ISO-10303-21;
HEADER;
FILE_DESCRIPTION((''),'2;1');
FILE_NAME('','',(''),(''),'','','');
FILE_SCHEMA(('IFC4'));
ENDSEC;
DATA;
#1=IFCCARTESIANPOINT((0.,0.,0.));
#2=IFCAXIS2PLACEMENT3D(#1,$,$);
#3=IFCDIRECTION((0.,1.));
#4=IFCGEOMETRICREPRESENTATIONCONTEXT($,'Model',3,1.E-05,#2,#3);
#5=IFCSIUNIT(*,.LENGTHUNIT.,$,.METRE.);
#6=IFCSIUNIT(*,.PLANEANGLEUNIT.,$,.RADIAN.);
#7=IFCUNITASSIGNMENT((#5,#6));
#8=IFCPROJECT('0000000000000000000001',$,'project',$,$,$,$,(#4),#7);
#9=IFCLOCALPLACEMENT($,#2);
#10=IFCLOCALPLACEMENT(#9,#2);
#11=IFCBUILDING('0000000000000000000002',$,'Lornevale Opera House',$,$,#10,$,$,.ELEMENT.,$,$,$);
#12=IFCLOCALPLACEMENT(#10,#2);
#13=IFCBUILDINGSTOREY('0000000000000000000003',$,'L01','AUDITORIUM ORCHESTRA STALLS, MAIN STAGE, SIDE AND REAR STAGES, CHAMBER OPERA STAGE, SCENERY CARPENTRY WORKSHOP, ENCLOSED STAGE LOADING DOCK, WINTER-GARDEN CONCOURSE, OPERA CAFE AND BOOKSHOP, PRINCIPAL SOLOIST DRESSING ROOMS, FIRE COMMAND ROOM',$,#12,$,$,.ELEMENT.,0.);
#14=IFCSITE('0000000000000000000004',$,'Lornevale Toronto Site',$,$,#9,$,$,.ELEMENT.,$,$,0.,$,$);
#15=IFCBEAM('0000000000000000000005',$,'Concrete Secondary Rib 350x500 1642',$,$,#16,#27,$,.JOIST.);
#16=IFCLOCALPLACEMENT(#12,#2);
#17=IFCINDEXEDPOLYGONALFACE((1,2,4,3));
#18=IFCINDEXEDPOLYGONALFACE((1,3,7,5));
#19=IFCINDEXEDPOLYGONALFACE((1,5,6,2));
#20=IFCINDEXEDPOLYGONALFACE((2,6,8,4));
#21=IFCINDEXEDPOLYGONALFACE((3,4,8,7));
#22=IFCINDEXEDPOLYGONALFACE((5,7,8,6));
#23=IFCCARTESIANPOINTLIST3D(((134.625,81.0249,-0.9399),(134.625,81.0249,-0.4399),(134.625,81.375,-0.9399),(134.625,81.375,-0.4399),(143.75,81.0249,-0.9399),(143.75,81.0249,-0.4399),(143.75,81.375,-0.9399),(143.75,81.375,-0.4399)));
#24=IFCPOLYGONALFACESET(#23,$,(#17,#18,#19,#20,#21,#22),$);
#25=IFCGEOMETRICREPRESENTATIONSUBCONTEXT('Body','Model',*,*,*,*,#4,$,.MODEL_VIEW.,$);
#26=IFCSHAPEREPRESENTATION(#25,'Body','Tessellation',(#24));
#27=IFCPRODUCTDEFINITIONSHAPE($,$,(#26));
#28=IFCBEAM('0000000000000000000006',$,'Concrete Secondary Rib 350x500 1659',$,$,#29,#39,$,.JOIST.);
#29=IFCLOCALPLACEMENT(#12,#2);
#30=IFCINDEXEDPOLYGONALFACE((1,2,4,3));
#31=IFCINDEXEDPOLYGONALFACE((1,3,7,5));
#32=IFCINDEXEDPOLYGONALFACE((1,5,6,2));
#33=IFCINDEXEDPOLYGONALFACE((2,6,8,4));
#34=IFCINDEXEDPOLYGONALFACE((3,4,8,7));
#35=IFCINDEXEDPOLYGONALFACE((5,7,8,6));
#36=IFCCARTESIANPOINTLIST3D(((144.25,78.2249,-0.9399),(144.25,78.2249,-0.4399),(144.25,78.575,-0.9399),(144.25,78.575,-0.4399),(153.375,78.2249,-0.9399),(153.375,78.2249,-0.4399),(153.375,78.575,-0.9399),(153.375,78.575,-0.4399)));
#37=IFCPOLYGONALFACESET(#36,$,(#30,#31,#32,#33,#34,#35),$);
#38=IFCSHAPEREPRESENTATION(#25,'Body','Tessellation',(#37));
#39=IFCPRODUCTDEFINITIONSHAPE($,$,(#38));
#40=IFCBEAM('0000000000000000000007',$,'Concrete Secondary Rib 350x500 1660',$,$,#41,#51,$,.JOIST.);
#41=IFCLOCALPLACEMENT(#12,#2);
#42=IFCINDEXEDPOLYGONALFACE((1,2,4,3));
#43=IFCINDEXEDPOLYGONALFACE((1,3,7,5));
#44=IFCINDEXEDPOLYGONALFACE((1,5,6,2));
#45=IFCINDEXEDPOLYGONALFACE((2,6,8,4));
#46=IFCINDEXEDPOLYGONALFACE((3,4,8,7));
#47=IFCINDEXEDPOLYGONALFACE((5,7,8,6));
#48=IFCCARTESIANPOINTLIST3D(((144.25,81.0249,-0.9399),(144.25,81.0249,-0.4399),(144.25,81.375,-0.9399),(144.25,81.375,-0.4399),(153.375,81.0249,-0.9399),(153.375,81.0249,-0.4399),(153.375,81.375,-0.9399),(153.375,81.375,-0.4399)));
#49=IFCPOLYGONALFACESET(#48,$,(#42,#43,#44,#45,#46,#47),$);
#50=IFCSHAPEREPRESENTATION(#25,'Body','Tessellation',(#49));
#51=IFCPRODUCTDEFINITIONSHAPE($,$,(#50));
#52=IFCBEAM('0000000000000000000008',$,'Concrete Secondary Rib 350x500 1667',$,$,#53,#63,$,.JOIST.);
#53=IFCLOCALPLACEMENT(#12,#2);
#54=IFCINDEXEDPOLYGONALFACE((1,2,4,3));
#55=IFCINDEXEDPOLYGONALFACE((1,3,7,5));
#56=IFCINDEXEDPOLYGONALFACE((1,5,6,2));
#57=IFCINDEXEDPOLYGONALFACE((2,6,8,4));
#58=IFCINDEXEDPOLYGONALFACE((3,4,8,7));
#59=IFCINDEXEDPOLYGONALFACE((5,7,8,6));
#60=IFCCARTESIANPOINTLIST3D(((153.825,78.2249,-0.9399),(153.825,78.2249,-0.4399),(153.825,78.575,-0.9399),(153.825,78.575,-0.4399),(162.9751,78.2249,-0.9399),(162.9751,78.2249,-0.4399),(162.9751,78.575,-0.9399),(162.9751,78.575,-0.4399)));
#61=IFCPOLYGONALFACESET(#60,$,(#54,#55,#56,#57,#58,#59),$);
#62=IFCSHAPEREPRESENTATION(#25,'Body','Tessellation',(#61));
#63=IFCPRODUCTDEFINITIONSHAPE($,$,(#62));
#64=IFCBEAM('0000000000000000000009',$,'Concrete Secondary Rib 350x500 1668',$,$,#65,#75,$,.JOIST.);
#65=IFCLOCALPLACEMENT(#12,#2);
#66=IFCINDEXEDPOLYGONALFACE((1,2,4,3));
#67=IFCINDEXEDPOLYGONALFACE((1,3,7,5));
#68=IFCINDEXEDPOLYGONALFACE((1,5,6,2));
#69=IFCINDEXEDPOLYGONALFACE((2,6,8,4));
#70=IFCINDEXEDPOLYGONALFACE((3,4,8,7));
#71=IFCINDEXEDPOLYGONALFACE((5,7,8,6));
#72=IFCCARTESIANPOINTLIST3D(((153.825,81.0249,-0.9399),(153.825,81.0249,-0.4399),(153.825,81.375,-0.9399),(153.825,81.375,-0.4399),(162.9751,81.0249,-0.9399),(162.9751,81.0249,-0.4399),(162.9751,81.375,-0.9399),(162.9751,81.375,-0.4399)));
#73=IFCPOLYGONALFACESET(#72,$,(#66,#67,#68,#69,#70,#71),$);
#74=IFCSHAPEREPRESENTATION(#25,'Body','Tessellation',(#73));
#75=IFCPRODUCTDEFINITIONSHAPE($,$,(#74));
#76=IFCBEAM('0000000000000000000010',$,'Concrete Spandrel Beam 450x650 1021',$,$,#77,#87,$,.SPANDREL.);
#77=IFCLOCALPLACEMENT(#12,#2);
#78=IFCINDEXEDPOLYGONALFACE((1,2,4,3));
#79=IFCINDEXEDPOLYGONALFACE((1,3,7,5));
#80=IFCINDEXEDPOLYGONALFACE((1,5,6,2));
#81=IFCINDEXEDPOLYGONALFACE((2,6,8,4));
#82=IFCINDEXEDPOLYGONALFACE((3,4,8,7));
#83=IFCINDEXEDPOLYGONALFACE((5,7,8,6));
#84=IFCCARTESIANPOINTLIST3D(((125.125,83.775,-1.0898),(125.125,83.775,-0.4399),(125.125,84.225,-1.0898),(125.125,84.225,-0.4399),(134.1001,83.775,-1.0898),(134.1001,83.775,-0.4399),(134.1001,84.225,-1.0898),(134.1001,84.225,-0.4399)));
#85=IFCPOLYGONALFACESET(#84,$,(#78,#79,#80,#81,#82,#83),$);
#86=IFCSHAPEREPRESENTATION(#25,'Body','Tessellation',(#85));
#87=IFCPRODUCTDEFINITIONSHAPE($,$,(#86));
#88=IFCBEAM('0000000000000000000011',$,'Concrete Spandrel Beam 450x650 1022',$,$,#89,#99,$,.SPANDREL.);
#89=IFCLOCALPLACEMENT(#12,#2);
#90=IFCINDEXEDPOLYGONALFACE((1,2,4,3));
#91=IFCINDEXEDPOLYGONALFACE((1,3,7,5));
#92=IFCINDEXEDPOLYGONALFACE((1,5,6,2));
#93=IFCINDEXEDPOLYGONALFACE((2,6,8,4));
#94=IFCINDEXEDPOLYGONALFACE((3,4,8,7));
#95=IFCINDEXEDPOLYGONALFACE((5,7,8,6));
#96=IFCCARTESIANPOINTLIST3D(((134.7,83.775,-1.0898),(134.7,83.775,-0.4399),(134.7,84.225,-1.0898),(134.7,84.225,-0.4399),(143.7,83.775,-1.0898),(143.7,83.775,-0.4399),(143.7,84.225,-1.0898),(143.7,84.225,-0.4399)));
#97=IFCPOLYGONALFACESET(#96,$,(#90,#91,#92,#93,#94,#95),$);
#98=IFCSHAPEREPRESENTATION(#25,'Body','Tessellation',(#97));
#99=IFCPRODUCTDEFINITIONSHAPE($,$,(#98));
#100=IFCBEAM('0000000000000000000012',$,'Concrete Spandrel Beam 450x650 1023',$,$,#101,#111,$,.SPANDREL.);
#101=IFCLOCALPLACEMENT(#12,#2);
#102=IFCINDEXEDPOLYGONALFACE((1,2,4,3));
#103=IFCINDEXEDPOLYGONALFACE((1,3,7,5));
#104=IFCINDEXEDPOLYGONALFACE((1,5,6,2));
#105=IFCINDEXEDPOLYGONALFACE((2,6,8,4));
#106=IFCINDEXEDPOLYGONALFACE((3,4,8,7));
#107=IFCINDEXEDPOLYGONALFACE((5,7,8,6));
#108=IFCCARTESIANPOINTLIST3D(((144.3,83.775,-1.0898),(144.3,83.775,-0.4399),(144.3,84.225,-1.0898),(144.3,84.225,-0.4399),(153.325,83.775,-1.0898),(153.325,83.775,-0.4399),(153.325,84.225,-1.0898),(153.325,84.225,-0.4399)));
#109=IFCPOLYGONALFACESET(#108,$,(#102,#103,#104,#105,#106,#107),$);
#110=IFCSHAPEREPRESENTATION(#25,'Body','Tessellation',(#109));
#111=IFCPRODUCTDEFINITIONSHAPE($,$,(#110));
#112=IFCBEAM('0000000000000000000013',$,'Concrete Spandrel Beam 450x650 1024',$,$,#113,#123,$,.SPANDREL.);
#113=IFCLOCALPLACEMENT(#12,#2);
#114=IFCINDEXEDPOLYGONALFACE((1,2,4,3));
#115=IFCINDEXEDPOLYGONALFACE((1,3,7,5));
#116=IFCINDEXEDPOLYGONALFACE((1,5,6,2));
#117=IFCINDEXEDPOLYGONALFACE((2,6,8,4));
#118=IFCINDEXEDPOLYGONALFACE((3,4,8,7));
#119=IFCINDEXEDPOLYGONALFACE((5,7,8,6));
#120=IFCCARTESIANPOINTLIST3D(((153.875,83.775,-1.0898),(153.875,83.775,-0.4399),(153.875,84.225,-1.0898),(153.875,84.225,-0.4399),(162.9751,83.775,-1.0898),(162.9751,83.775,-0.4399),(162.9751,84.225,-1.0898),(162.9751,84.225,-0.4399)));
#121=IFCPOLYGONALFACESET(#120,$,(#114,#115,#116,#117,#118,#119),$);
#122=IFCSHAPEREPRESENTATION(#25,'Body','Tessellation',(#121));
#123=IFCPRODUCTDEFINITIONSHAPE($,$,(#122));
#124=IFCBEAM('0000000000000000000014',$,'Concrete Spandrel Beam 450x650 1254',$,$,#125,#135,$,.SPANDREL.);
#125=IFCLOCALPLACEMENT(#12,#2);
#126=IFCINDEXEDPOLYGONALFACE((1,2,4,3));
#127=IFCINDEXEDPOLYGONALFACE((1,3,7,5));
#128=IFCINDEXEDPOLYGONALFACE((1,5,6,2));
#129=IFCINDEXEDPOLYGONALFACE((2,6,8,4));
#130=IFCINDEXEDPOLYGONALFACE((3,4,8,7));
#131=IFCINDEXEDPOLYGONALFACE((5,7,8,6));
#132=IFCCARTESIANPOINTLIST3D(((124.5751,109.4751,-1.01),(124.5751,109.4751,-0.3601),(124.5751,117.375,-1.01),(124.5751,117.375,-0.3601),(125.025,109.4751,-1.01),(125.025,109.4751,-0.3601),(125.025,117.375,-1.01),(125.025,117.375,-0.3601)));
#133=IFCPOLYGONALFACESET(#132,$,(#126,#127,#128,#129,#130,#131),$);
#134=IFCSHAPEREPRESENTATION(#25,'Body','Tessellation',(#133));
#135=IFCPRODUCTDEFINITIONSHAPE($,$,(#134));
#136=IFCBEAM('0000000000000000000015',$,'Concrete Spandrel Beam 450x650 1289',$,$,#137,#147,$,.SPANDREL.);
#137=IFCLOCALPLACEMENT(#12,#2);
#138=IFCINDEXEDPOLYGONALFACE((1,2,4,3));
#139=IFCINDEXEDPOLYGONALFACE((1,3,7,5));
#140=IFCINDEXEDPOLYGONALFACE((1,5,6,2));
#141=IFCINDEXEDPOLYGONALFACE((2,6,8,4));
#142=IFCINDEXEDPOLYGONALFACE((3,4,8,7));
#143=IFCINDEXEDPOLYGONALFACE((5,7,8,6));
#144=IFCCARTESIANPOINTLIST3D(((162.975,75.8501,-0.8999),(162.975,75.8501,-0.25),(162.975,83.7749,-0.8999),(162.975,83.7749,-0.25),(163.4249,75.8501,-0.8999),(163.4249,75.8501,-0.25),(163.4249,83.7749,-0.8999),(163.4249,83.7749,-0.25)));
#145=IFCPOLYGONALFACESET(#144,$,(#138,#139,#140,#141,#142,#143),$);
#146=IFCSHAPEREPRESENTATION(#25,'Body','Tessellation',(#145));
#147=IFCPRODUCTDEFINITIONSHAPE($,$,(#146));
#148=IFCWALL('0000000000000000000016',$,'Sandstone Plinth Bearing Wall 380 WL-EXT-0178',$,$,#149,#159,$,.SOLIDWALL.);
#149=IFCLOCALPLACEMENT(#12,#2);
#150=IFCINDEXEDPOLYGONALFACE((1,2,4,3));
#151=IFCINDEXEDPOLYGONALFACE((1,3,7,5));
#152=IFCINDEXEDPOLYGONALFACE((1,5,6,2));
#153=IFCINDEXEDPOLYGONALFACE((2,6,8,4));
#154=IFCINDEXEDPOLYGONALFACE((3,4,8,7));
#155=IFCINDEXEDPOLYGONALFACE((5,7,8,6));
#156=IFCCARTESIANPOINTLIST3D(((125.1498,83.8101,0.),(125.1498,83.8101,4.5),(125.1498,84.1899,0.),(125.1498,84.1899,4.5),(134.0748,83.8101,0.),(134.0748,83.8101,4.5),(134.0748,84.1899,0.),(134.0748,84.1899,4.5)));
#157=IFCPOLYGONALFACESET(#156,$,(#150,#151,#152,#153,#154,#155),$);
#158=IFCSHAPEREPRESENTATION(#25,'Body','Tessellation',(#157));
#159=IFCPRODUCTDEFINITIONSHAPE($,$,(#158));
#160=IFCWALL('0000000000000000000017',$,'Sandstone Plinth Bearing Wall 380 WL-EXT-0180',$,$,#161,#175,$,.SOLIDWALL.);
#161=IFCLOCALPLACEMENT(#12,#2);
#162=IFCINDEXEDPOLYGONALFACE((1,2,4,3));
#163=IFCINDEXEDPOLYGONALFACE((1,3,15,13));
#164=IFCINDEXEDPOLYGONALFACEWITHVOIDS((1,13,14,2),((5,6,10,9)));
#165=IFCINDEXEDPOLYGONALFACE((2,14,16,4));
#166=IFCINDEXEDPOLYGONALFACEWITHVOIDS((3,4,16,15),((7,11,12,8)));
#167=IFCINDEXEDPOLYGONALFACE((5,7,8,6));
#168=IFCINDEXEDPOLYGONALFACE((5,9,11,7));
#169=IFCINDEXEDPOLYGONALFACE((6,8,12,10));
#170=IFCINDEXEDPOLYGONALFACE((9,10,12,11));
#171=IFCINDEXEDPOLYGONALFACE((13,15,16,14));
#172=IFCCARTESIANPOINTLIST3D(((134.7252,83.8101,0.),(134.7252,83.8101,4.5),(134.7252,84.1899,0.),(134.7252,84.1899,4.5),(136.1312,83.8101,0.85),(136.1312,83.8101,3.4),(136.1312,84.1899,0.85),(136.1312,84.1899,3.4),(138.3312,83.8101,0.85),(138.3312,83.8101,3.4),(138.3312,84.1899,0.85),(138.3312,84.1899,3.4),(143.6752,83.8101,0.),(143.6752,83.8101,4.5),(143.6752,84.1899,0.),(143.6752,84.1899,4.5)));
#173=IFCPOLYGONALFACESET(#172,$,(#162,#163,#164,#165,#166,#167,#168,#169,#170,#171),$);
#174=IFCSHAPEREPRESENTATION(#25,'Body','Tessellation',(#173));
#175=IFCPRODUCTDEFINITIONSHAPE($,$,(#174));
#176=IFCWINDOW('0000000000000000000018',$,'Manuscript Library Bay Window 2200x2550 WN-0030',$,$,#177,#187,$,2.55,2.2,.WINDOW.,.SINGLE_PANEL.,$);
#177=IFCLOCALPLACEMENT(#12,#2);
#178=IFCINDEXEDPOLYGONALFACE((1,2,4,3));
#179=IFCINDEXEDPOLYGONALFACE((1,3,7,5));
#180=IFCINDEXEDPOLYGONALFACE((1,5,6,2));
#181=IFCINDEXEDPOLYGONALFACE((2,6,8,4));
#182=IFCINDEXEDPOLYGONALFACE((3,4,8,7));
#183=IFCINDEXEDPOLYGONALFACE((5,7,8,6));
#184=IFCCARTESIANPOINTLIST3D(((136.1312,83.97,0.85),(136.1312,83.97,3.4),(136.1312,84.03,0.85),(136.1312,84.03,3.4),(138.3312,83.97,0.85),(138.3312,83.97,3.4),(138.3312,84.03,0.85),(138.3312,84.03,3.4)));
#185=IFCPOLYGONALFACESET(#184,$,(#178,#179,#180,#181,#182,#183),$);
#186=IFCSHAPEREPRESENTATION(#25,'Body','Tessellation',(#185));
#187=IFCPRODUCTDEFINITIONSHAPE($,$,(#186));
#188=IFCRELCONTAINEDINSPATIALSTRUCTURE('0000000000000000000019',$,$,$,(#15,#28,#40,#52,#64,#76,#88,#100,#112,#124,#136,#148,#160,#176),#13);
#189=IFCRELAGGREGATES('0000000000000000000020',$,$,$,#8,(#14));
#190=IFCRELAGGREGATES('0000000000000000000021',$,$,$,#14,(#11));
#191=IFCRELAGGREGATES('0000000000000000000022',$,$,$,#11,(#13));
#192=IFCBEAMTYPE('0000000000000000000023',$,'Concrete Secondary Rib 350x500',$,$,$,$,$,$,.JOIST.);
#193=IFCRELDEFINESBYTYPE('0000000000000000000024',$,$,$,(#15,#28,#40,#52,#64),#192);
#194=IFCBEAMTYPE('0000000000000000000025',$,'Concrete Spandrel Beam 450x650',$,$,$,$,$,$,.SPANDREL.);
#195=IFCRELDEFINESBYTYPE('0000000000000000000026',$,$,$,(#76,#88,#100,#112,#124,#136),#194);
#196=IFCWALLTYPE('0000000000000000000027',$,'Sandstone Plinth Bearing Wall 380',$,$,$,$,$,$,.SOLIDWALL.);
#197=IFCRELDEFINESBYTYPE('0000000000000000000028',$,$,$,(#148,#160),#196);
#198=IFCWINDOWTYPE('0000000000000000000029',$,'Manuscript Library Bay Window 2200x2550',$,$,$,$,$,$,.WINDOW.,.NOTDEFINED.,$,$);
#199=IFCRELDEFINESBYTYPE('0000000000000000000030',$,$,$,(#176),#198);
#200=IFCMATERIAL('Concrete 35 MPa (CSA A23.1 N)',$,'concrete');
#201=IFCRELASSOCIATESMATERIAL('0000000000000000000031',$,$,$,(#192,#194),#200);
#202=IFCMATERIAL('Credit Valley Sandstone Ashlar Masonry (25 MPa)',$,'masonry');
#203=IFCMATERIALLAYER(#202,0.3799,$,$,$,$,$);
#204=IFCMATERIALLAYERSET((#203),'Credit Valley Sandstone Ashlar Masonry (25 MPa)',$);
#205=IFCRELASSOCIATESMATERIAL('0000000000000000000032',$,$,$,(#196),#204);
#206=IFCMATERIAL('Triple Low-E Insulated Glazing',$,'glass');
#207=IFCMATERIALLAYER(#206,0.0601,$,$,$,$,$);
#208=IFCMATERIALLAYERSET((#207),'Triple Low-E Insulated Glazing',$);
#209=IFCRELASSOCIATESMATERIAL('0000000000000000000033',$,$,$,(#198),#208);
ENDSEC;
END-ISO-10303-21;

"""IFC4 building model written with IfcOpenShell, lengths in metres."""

from ifc_helpers import new_model, si_unit, direction, frame, frame_2d, origin, origin_2d, place, context, subcontext, project, spatial, rectangle, extrude, material, layer, layer_set, material_profile, profile_set, type_object, element, fill, save


model = new_model("IFC4")

# Units and contexts
model_context = context("Model", 3, precision=1e-05, world=origin(), true_north=direction((0.0, 1.0)))
body_context = subcontext(model_context, "Body", "Model", "MODEL_VIEW")
ifc_project = project(units=[si_unit("LENGTHUNIT", "METRE"), si_unit("PLANEANGLEUNIT", "RADIAN")], contexts=[model_context])

# Site, building, storey
site_placement = place(None, origin())
site = spatial("IfcSite", under=ifc_project, at=site_placement, Name="Lornevale Toronto Site", CompositionType="ELEMENT", RefElevation=0.0)
building_placement = place(site_placement, origin())
building = spatial("IfcBuilding", under=site, at=building_placement, Name="Lornevale Opera House", CompositionType="ELEMENT")
storey_placement = place(building_placement, origin())
storey = spatial("IfcBuildingStorey", under=building, at=storey_placement, Name="L01", Description="AUDITORIUM ORCHESTRA STALLS, MAIN STAGE, SIDE AND REAR STAGES, CHAMBER OPERA STAGE, SCENERY CARPENTRY WORKSHOP, ENCLOSED STAGE LOADING DOCK, WINTER-GARDEN CONCOURSE, OPERA CAFE AND BOOKSHOP, PRINCIPAL SOLOIST DRESSING ROOMS, FIRE COMMAND ROOM", CompositionType="ELEMENT", Elevation=0.0)

# Shared definitions
ifc_material_1 = material(Name="Concrete 35 MPa (CSA A23.1 N)", Category="concrete")

# Beams
ifc_material_profile_1 = material_profile(ifc_material_1, rectangle(XDim=0.3501, YDim=0.5, at=origin_2d()), Name="RC350x500")
ifc_profile_set_1 = profile_set([ifc_material_profile_1], Name="Concrete 35 MPa (CSA A23.1 N)")
beam_type_1 = type_object("IfcBeamType", Name="Concrete Secondary Rib 350x500", PredefinedType="JOIST", material=ifc_profile_set_1)
for number, where, z_axis, x_axis, name in (
    (1, (134.625, 81.2, -0.6899), (1.0, 0.0, 0.0), (0.0, 1.0, 0.0), "Concrete Secondary Rib 350x500 1642"),
    (2, (144.25, 78.3999, -0.6899), (1.0, 0.0, 0.0), (0.0, 1.0, 0.0), "Concrete Secondary Rib 350x500 1659"),
    (3, (144.25, 81.2, -0.6899), (1.0, 0.0, 0.0), (0.0, 1.0, 0.0), "Concrete Secondary Rib 350x500 1660"),
):
    element("IfcBeam", number, at=place(storey_placement, frame(where, z_axis=z_axis, x_axis=x_axis)), inside=storey, type_object=beam_type_1, Name=name, PredefinedType="JOIST", context=body_context, shape_type="SweptSolid", body=[
        extrude(rectangle(XDim=0.3501, YDim=0.5, at=origin_2d()), origin(), (0.0, 0.0, 1.0), 9.125),
    ])
for number, where, z_axis, x_axis, name in (
    (4, (153.825, 78.3999, -0.6899), (1.0, 0.0, 0.0), (0.0, 1.0, 0.0), "Concrete Secondary Rib 350x500 1667"),
    (5, (153.825, 81.2, -0.6899), (1.0, 0.0, 0.0), (0.0, 1.0, 0.0), "Concrete Secondary Rib 350x500 1668"),
):
    element("IfcBeam", number, at=place(storey_placement, frame(where, z_axis=z_axis, x_axis=x_axis)), inside=storey, type_object=beam_type_1, Name=name, PredefinedType="JOIST", context=body_context, shape_type="SweptSolid", body=[
        extrude(rectangle(XDim=0.3501, YDim=0.5, at=origin_2d()), origin(), (0.0, 0.0, 1.0), 9.1501),
    ])
ifc_material_profile_2 = material_profile(ifc_material_1, rectangle(XDim=0.45, YDim=0.6499, at=origin_2d()), Name="RC450x650")
ifc_profile_set_2 = profile_set([ifc_material_profile_2], Name="Concrete 35 MPa (CSA A23.1 N)")
beam_type_2 = type_object("IfcBeamType", Name="Concrete Spandrel Beam 450x650", PredefinedType="SPANDREL", material=ifc_profile_set_2)
beam_1_placement = place(storey_placement, frame((125.125, 84.0, -0.7649), z_axis=(1.0, 0.0, 0.0), x_axis=(0.0, 1.0, 0.0)))
element("IfcBeam", 6, at=beam_1_placement, inside=storey, type_object=beam_type_2, Name="Concrete Spandrel Beam 450x650 1021", PredefinedType="SPANDREL", context=body_context, shape_type="SweptSolid", body=[
    extrude(rectangle(XDim=0.45, YDim=0.6499, at=origin_2d()), origin(), (0.0, 0.0, 1.0), 8.9751),
])
beam_2_placement = place(storey_placement, frame((134.7, 84.0, -0.7649), z_axis=(1.0, 0.0, 0.0), x_axis=(0.0, 1.0, 0.0)))
element("IfcBeam", 7, at=beam_2_placement, inside=storey, type_object=beam_type_2, Name="Concrete Spandrel Beam 450x650 1022", PredefinedType="SPANDREL", context=body_context, shape_type="SweptSolid", body=[
    extrude(rectangle(XDim=0.45, YDim=0.6499, at=origin_2d()), origin(), (0.0, 0.0, 1.0), 9.0),
])
beam_3_placement = place(storey_placement, frame((144.3, 84.0, -0.7649), z_axis=(1.0, 0.0, 0.0), x_axis=(0.0, 1.0, 0.0)))
element("IfcBeam", 8, at=beam_3_placement, inside=storey, type_object=beam_type_2, Name="Concrete Spandrel Beam 450x650 1023", PredefinedType="SPANDREL", context=body_context, shape_type="SweptSolid", body=[
    extrude(rectangle(XDim=0.45, YDim=0.6499, at=origin_2d()), origin(), (0.0, 0.0, 1.0), 9.0249),
])
beam_4_placement = place(storey_placement, frame((153.875, 84.0, -0.7649), z_axis=(1.0, 0.0, 0.0), x_axis=(0.0, 1.0, 0.0)))
element("IfcBeam", 9, at=beam_4_placement, inside=storey, type_object=beam_type_2, Name="Concrete Spandrel Beam 450x650 1024", PredefinedType="SPANDREL", context=body_context, shape_type="SweptSolid", body=[
    extrude(rectangle(XDim=0.45, YDim=0.6499, at=origin_2d()), origin(), (0.0, 0.0, 1.0), 9.1001),
])
beam_5_placement = place(storey_placement, frame((124.8, 109.4751, -0.6851), z_axis=(0.0, 1.0, 0.0), x_axis=(-1.0, 0.0, 0.0)))
element("IfcBeam", 10, at=beam_5_placement, inside=storey, type_object=beam_type_2, Name="Concrete Spandrel Beam 450x650 1254", PredefinedType="SPANDREL", context=body_context, shape_type="SweptSolid", body=[
    extrude(rectangle(XDim=0.45, YDim=0.6499, at=origin_2d()), origin(), (0.0, 0.0, 1.0), 7.8999),
])
beam_6_placement = place(storey_placement, frame((163.2, 75.8501, -0.575), z_axis=(0.0, 1.0, 0.0), x_axis=(-1.0, 0.0, 0.0)))
element("IfcBeam", 11, at=beam_6_placement, inside=storey, type_object=beam_type_2, Name="Concrete Spandrel Beam 450x650 1289", PredefinedType="SPANDREL", context=body_context, shape_type="SweptSolid", body=[
    extrude(rectangle(XDim=0.45, YDim=0.6499, at=origin_2d()), origin(), (0.0, 0.0, 1.0), 7.9248),
])

# Wall
ifc_material_2 = material(Name="Credit Valley Sandstone Ashlar Masonry (25 MPa)", Category="masonry")
ifc_layer_1 = layer(ifc_material_2, 0.3799)
ifc_layer_set_1 = layer_set([ifc_layer_1], Name="Credit Valley Sandstone Ashlar Masonry (25 MPa)")
wall_type = type_object("IfcWallType", Name="Sandstone Plinth Bearing Wall 380", PredefinedType="SOLIDWALL", material=ifc_layer_set_1)
wall_1_placement = place(storey_placement, frame((125.1499, 84.0, 0.0), z_axis=(0.0, 0.0, 1.0), x_axis=(1.0, 0.0, 0.0)))
element("IfcWall", 12, at=wall_1_placement, inside=storey, type_object=wall_type, Name="Sandstone Plinth Bearing Wall 380 WL-EXT-0178", PredefinedType="SOLIDWALL", context=body_context, shape_type="SweptSolid", body=[
    extrude(rectangle(XDim=8.925, YDim=0.3799, at=frame_2d((4.4624, 0.0))), origin(), (0.0, 0.0, 1.0), 4.5),
])

# Wall, opening, window
wall_2_placement = place(storey_placement, frame((134.7251, 84.0, 0.0), z_axis=(0.0, 0.0, 1.0), x_axis=(1.0, 0.0, 0.0)))
wall_2 = element("IfcWall", 13, at=wall_2_placement, inside=storey, type_object=wall_type, Name="Sandstone Plinth Bearing Wall 380 WL-EXT-0180", PredefinedType="SOLIDWALL", context=body_context, shape_type="SweptSolid", body=[
    extrude(rectangle(XDim=8.95, YDim=0.3799, at=frame_2d((4.4751, 0.0))), origin(), (0.0, 0.0, 1.0), 4.5),
])
opening_1_placement = place(wall_2_placement, frame((1.406, 0.0, 0.8501)))
opening_1 = element("IfcOpeningElement", 14, at=opening_1_placement, cuts=wall_2, PredefinedType="OPENING", context=body_context, shape_type="SweptSolid", body=[
    extrude(rectangle(XDim=2.2, YDim=2.55, at=frame_2d((1.1001, 1.2749))), frame((0.0, 0.2, 0.0), z_axis=(0.0, -1.0, 0.0), x_axis=(1.0, 0.0, 0.0)), (0.0, 0.0, 1.0), 0.3999),
])
ifc_material_3 = material(Name="Triple Low-E Insulated Glazing", Category="glass")
ifc_layer_2 = layer(ifc_material_3, 0.0601)
ifc_layer_set_2 = layer_set([ifc_layer_2], Name="Triple Low-E Insulated Glazing")
window_type_1 = type_object("IfcWindowType", Name="Manuscript Library Bay Window 2200x2550", PartitioningType="NOTDEFINED", PredefinedType="WINDOW", material=ifc_layer_set_2)
window_1_placement = place(opening_1_placement, origin())
window_1 = element("IfcWindow", 15, at=window_1_placement, inside=storey, type_object=window_type_1, Name="Manuscript Library Bay Window 2200x2550 WN-0030", OverallHeight=2.55, OverallWidth=2.2, PartitioningType="SINGLE_PANEL", PredefinedType="WINDOW", context=body_context, shape_type="SweptSolid", body=[
    extrude(rectangle(XDim=2.2, YDim=2.55, at=frame_2d((1.1001, 1.2749))), frame((0.0, 0.03, 0.0), z_axis=(0.0, -1.0, 0.0), x_axis=(1.0, 0.0, 0.0)), (0.0, 0.0, 1.0), 0.0601),
])
fill(opening_1, window_1)

save(model, "model.ifc")
